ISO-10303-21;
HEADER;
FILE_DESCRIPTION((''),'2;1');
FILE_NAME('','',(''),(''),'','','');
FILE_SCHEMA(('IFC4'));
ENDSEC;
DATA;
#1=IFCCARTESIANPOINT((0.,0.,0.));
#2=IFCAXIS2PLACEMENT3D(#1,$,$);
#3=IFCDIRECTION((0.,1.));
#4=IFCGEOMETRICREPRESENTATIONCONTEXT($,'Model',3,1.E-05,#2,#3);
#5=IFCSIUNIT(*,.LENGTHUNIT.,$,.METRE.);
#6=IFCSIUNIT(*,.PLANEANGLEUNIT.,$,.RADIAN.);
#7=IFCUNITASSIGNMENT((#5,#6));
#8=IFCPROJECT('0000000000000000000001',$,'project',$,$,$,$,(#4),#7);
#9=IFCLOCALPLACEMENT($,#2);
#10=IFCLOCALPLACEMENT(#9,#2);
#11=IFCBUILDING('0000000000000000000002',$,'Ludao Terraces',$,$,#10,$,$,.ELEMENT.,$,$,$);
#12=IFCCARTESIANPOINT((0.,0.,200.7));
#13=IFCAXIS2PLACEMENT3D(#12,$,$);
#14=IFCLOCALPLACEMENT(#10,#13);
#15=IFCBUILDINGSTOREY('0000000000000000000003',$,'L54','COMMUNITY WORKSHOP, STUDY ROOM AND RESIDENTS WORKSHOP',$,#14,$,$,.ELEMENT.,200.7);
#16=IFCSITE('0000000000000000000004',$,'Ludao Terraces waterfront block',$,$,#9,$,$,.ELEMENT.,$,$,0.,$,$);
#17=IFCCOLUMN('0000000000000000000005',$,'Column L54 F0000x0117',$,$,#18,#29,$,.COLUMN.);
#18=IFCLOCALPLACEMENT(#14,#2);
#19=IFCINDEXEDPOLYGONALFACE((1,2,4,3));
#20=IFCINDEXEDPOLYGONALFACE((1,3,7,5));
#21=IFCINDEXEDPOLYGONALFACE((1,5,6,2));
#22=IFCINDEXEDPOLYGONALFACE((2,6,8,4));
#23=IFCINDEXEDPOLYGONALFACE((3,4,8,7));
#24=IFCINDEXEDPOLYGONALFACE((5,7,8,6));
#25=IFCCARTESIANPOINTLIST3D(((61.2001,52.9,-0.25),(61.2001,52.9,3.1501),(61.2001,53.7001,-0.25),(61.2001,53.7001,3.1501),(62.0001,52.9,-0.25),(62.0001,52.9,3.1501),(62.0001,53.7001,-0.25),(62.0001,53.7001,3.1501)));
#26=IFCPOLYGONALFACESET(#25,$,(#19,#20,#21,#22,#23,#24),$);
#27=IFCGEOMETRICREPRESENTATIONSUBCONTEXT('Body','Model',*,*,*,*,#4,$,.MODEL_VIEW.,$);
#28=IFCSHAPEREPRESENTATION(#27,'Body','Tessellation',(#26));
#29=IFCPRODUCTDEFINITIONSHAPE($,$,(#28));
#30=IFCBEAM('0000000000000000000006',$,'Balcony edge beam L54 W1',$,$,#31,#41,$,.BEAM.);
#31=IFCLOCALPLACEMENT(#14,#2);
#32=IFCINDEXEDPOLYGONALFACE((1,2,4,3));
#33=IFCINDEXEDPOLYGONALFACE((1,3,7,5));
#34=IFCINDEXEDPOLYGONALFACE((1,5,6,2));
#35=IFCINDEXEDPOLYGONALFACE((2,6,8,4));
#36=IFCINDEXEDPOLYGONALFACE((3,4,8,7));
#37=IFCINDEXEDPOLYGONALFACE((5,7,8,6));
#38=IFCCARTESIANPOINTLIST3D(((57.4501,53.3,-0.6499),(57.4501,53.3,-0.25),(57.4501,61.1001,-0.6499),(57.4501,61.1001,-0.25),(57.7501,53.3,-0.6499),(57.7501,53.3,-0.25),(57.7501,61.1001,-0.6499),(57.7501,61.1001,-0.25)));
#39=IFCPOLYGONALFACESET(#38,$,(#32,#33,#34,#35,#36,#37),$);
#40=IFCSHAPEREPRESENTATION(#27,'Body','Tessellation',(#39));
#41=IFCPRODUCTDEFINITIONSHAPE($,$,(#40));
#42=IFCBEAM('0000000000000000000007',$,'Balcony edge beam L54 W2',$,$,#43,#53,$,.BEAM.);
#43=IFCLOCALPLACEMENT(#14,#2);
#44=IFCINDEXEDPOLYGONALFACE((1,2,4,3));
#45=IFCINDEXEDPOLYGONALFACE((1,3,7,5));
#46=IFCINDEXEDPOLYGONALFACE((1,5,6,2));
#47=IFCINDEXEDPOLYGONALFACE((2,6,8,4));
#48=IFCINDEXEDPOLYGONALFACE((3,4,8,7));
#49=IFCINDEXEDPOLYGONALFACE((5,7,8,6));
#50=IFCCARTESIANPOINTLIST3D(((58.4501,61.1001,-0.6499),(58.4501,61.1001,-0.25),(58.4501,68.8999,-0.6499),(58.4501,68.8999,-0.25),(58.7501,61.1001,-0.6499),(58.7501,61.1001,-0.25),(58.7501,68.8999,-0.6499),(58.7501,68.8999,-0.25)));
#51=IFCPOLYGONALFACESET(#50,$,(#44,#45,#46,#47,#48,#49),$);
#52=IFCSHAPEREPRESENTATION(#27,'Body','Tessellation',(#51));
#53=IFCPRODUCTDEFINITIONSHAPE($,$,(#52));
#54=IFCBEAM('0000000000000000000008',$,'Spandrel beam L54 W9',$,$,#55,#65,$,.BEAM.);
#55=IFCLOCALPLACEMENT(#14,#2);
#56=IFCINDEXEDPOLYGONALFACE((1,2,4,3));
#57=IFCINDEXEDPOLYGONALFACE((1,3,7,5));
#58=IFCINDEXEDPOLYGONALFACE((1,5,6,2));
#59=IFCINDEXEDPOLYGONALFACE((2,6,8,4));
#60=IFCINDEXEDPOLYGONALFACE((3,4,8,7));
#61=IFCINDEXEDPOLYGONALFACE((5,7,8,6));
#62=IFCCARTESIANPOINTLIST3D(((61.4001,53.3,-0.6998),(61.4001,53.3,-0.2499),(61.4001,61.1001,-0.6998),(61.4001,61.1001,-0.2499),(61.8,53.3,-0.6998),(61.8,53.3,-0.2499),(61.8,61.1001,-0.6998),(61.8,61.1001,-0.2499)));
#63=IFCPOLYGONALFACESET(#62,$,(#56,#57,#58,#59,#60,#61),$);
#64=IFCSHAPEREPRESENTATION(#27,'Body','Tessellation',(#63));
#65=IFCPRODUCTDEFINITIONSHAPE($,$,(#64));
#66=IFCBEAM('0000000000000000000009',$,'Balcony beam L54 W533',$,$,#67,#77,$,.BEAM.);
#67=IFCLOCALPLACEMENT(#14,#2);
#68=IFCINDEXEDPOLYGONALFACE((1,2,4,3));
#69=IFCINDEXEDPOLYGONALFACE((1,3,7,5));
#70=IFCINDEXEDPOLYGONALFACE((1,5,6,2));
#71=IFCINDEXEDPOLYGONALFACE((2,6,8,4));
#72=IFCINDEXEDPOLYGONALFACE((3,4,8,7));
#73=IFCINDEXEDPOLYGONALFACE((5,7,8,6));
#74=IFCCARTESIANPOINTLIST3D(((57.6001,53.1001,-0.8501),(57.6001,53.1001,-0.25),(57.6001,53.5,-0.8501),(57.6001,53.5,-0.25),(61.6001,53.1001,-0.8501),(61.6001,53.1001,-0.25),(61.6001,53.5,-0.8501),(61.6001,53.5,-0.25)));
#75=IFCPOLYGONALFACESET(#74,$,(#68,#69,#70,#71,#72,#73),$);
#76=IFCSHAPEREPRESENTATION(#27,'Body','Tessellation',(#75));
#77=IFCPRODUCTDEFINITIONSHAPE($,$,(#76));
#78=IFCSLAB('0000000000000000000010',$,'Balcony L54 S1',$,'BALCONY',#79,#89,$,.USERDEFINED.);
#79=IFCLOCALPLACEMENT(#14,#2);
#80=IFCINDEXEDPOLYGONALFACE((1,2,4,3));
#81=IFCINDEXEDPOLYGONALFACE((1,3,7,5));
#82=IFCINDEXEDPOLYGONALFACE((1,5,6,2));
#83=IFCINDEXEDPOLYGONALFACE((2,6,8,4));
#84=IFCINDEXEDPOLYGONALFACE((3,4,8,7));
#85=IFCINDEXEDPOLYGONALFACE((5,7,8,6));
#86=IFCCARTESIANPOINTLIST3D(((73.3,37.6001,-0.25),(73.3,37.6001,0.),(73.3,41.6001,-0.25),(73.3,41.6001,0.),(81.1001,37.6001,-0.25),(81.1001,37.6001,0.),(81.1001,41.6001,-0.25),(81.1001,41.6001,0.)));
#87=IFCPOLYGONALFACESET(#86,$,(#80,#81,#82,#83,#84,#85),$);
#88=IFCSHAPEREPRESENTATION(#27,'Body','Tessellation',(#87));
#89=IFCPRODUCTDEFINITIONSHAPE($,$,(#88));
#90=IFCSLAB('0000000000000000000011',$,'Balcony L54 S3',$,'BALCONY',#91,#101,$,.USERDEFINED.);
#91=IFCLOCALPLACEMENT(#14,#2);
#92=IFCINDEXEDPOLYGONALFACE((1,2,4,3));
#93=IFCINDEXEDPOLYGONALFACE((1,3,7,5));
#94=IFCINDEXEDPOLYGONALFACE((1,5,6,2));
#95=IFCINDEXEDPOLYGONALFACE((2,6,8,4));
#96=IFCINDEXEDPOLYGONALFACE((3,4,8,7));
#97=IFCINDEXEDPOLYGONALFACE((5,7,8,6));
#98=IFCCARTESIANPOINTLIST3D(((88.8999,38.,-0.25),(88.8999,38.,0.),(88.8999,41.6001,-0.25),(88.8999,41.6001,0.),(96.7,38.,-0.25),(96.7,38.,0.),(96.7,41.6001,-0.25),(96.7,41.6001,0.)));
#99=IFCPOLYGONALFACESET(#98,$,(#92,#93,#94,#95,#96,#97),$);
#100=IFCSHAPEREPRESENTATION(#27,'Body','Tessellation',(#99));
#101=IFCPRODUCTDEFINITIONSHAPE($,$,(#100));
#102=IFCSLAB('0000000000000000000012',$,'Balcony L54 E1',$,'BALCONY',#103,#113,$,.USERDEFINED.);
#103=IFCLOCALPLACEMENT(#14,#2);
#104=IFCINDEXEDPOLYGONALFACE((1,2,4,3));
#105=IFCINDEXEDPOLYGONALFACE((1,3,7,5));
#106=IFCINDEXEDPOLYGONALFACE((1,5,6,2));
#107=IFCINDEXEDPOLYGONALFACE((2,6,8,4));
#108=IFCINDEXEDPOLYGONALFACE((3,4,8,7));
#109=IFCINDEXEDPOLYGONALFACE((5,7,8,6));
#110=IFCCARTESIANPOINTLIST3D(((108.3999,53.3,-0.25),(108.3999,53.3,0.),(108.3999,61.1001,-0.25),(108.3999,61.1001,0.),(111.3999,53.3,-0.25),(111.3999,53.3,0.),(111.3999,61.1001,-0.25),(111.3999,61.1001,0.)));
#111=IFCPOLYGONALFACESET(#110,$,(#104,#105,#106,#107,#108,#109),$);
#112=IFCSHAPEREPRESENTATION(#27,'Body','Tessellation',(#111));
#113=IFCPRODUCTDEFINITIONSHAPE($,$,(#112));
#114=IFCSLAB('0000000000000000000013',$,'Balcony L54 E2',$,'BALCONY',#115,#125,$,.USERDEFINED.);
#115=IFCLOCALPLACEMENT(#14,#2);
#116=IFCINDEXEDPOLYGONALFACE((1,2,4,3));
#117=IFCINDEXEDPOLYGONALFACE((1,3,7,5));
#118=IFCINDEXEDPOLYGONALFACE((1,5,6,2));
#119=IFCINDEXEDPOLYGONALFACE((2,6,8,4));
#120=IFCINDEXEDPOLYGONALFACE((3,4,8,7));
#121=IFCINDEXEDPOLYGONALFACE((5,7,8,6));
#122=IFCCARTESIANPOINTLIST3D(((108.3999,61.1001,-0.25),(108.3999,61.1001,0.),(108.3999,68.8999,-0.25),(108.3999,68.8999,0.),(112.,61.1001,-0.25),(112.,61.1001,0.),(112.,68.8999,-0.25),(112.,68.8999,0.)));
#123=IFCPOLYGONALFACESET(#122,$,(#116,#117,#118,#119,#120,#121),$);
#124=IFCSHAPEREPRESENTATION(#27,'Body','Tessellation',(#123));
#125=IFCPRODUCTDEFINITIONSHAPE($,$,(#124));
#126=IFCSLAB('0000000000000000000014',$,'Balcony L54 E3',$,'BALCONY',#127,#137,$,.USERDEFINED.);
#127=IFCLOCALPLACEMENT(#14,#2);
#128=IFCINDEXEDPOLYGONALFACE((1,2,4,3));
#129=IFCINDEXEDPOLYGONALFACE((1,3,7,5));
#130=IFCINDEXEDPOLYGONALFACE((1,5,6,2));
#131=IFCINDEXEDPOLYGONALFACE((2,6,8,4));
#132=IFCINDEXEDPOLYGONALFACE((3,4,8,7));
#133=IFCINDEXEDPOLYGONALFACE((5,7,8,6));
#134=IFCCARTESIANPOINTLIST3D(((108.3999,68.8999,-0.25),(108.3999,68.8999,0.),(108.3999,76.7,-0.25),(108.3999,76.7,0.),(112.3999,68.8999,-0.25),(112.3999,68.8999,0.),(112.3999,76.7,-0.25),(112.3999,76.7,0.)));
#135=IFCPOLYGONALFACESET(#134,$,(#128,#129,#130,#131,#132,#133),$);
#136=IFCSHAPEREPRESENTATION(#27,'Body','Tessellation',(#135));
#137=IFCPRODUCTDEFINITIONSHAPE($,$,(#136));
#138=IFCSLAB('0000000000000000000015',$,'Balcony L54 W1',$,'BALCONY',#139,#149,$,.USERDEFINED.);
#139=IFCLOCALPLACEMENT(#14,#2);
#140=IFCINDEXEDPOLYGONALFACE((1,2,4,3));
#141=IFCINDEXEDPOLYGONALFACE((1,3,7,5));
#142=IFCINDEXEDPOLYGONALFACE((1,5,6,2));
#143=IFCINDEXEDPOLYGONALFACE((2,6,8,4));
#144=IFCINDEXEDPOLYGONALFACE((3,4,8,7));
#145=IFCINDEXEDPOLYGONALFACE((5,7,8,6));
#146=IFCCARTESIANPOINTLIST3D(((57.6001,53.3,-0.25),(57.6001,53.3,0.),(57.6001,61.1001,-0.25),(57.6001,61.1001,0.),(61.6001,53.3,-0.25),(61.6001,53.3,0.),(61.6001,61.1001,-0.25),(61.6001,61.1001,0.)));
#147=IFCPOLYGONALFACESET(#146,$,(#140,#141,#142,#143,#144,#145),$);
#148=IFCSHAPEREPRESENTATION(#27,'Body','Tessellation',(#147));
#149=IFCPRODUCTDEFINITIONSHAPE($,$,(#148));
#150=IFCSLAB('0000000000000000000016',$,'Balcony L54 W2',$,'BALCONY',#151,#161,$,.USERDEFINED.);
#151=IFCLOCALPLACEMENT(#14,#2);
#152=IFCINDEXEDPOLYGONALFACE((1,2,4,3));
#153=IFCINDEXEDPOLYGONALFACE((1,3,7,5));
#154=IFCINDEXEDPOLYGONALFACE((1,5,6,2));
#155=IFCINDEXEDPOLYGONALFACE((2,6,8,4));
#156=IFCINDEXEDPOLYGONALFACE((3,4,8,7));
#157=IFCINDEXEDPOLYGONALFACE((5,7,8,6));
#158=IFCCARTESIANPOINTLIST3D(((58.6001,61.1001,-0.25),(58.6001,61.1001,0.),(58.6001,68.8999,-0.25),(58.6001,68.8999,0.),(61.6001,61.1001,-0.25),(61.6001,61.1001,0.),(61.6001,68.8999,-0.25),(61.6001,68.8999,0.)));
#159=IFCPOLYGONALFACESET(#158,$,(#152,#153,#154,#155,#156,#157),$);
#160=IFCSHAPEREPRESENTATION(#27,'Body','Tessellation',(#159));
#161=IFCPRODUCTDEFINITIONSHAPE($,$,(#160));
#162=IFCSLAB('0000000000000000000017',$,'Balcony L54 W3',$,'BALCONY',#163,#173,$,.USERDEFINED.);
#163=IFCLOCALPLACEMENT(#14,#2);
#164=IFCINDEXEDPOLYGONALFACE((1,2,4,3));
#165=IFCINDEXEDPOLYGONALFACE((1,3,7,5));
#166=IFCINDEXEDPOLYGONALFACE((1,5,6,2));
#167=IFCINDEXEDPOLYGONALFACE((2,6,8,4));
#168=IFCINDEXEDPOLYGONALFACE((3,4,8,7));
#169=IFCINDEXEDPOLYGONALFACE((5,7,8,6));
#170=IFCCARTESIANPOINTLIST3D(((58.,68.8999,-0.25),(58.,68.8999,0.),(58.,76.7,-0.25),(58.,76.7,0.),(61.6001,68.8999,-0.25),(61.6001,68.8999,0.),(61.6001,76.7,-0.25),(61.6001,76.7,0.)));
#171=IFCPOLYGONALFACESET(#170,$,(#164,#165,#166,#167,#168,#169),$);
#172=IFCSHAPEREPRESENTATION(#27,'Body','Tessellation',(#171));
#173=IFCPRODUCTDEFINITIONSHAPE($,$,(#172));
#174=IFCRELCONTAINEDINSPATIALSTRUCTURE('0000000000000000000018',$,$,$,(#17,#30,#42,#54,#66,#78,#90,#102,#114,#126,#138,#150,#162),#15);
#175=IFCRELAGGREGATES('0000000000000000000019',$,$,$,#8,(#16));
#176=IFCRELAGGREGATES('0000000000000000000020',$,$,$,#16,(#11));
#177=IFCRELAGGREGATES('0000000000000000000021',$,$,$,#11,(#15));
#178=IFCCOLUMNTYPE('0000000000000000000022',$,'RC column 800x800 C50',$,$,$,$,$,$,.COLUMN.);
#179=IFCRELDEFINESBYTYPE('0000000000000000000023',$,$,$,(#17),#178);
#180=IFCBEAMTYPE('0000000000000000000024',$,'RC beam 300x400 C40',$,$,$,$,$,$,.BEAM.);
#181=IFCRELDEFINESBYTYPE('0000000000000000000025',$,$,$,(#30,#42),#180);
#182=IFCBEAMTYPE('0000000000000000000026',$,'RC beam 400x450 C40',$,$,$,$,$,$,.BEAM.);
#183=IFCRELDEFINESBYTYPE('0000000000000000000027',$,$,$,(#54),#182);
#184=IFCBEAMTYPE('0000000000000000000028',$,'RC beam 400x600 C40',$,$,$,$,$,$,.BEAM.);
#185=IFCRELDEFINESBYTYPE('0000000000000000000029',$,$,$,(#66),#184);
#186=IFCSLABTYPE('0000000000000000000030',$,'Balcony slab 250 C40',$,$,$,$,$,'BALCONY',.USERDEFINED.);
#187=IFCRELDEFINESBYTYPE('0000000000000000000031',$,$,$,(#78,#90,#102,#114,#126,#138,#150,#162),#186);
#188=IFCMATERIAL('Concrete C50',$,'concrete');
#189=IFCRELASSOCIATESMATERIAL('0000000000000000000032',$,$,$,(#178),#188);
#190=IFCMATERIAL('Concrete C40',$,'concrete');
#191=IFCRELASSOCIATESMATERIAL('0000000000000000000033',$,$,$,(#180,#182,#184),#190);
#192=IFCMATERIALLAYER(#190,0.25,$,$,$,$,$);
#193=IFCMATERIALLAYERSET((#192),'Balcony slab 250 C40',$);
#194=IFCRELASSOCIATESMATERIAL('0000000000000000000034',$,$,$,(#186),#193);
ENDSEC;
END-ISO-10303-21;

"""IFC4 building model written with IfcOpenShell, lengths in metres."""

from ifc_helpers import new_model, si_unit, direction, frame, origin, origin_2d, place, context, subcontext, project, spatial, polyline, rectangle, outline, extrude, material, layer, layer_set, material_profile, profile_set, type_object, element, save


model = new_model("IFC4")

# Units and contexts
model_context = context("Model", 3, precision=1e-05, world=origin(), true_north=direction((0.0, 1.0)))
body_context = subcontext(model_context, "Body", "Model", "MODEL_VIEW")
ifc_project = project(units=[si_unit("LENGTHUNIT", "METRE"), si_unit("PLANEANGLEUNIT", "RADIAN")], contexts=[model_context])

# Site, building, storey
site_placement = place(None, origin())
site = spatial("IfcSite", under=ifc_project, at=site_placement, Name="Ludao Terraces waterfront block", CompositionType="ELEMENT", RefElevation=0.0)
building_placement = place(site_placement, origin())
building = spatial("IfcBuilding", under=site, at=building_placement, Name="Ludao Terraces", CompositionType="ELEMENT")
storey_placement = place(building_placement, frame((0.0, 0.0, 200.7)))
storey = spatial("IfcBuildingStorey", under=building, at=storey_placement, Name="L54", Description="COMMUNITY WORKSHOP, STUDY ROOM AND RESIDENTS WORKSHOP", CompositionType="ELEMENT", Elevation=200.7)

# Column
ifc_material_1 = material(Name="Concrete C50", Category="concrete")
ifc_material_profile_1 = material_profile(ifc_material_1, rectangle(XDim=0.8, YDim=0.8, at=origin_2d()), Name="800 X 800")
ifc_profile_set_1 = profile_set([ifc_material_profile_1], Name="Concrete C50")
column_type = type_object("IfcColumnType", Name="RC column 800x800 C50", PredefinedType="COLUMN", material=ifc_profile_set_1)
column_placement = place(storey_placement, frame((61.6001, 53.3, -0.25), z_axis=(0.0, 0.0, 1.0), x_axis=(1.0, 0.0, 0.0)))
element("IfcColumn", 1, at=column_placement, inside=storey, type_object=column_type, Name="Column L54 F0000x0117", PredefinedType="COLUMN", context=body_context, shape_type="SweptSolid", body=[
    extrude(rectangle(XDim=0.8, YDim=0.8, at=origin_2d()), origin(), (0.0, 0.0, 1.0), 3.4001),
])

# Beams
ifc_material_2 = material(Name="Concrete C40", Category="concrete")
ifc_material_profile_2 = material_profile(ifc_material_2, rectangle(XDim=0.3, YDim=0.3999, at=origin_2d()), Name="300 X 400")
ifc_profile_set_2 = profile_set([ifc_material_profile_2], Name="Concrete C40")
beam_type_1 = type_object("IfcBeamType", Name="RC beam 300x400 C40", PredefinedType="BEAM", material=ifc_profile_set_2)
beam_1_placement = place(storey_placement, frame((57.6001, 53.3, -0.45), z_axis=(0.0, 1.0, 0.0), x_axis=(-1.0, 0.0, 0.0)))
element("IfcBeam", 2, at=beam_1_placement, inside=storey, type_object=beam_type_1, Name="Balcony edge beam L54 W1", PredefinedType="BEAM", context=body_context, shape_type="SweptSolid", body=[
    extrude(rectangle(XDim=0.3, YDim=0.3999, at=origin_2d()), origin(), (0.0, 0.0, 1.0), 7.8),
])
beam_2_placement = place(storey_placement, frame((58.6001, 61.1001, -0.45), z_axis=(0.0, 1.0, 0.0), x_axis=(-1.0, 0.0, 0.0)))
element("IfcBeam", 3, at=beam_2_placement, inside=storey, type_object=beam_type_1, Name="Balcony edge beam L54 W2", PredefinedType="BEAM", context=body_context, shape_type="SweptSolid", body=[
    extrude(rectangle(XDim=0.3, YDim=0.3999, at=origin_2d()), origin(), (0.0, 0.0, 1.0), 7.7998),
])
ifc_material_profile_3 = material_profile(ifc_material_2, rectangle(XDim=0.3999, YDim=0.45, at=origin_2d()), Name="400 X 450")
ifc_profile_set_3 = profile_set([ifc_material_profile_3], Name="Concrete C40")
beam_type_2 = type_object("IfcBeamType", Name="RC beam 400x450 C40", PredefinedType="BEAM", material=ifc_profile_set_3)
beam_3_placement = place(storey_placement, frame((61.6001, 53.3, -0.4749), z_axis=(0.0, 1.0, 0.0), x_axis=(-1.0, 0.0, 0.0)))
element("IfcBeam", 4, at=beam_3_placement, inside=storey, type_object=beam_type_2, Name="Spandrel beam L54 W9", PredefinedType="BEAM", context=body_context, shape_type="SweptSolid", body=[
    extrude(rectangle(XDim=0.3999, YDim=0.45, at=origin_2d()), origin(), (0.0, 0.0, 1.0), 7.8),
])
ifc_material_profile_4 = material_profile(ifc_material_2, rectangle(XDim=0.3999, YDim=0.6001, at=origin_2d()), Name="400 X 600")
ifc_profile_set_4 = profile_set([ifc_material_profile_4], Name="Concrete C40")
beam_type_3 = type_object("IfcBeamType", Name="RC beam 400x600 C40", PredefinedType="BEAM", material=ifc_profile_set_4)
beam_4_placement = place(storey_placement, frame((61.6001, 53.3, -0.55), z_axis=(-1.0, 0.0, 0.0), x_axis=(0.0, -1.0, 0.0)))
element("IfcBeam", 5, at=beam_4_placement, inside=storey, type_object=beam_type_3, Name="Balcony beam L54 W533", PredefinedType="BEAM", context=body_context, shape_type="SweptSolid", body=[
    extrude(rectangle(XDim=0.3999, YDim=0.6001, at=origin_2d()), origin(), (0.0, 0.0, 1.0), 4.0),
])

# Slabs
ifc_layer_1 = layer(ifc_material_2, 0.25)
ifc_layer_set_1 = layer_set([ifc_layer_1], Name="Balcony slab 250 C40")
slab_type_1 = type_object("IfcSlabType", Name="Balcony slab 250 C40", ElementType="BALCONY", PredefinedType="USERDEFINED", material=ifc_layer_set_1)
slab_1_placement = place(storey_placement, frame((0.0, 0.0, -0.25)))
element("IfcSlab", 6, at=slab_1_placement, inside=storey, type_object=slab_type_1, Name="Balcony L54 S1", ObjectType="BALCONY", PredefinedType="USERDEFINED", context=body_context, shape_type="SweptSolid", body=[
    extrude(outline(polyline([(73.3, 37.6001), (81.1001, 37.6001), (81.1001, 41.6001), (73.3, 41.6001), (73.3, 37.6001)])), origin(), (0.0, 0.0, 1.0), 0.25),
])
slab_2_placement = place(storey_placement, frame((0.0, 0.0, -0.25)))
element("IfcSlab", 7, at=slab_2_placement, inside=storey, type_object=slab_type_1, Name="Balcony L54 S3", ObjectType="BALCONY", PredefinedType="USERDEFINED", context=body_context, shape_type="SweptSolid", body=[
    extrude(outline(polyline([(88.8999, 38.0), (96.7, 38.0), (96.7, 41.6001), (88.8999, 41.6001), (88.8999, 38.0)])), origin(), (0.0, 0.0, 1.0), 0.25),
])
slab_3_placement = place(storey_placement, frame((0.0, 0.0, -0.25)))
element("IfcSlab", 8, at=slab_3_placement, inside=storey, type_object=slab_type_1, Name="Balcony L54 E1", ObjectType="BALCONY", PredefinedType="USERDEFINED", context=body_context, shape_type="SweptSolid", body=[
    extrude(outline(polyline([(108.3999, 53.3), (111.3999, 53.3), (111.3999, 61.1001), (108.3999, 61.1001), (108.3999, 53.3)])), origin(), (0.0, 0.0, 1.0), 0.25),
])
slab_4_placement = place(storey_placement, frame((0.0, 0.0, -0.25)))
element("IfcSlab", 9, at=slab_4_placement, inside=storey, type_object=slab_type_1, Name="Balcony L54 E2", ObjectType="BALCONY", PredefinedType="USERDEFINED", context=body_context, shape_type="SweptSolid", body=[
    extrude(outline(polyline([(108.3999, 61.1001), (112.0, 61.1001), (112.0, 68.8999), (108.3999, 68.8999), (108.3999, 61.1001)])), origin(), (0.0, 0.0, 1.0), 0.25),
])
slab_5_placement = place(storey_placement, frame((0.0, 0.0, -0.25)))
element("IfcSlab", 10, at=slab_5_placement, inside=storey, type_object=slab_type_1, Name="Balcony L54 E3", ObjectType="BALCONY", PredefinedType="USERDEFINED", context=body_context, shape_type="SweptSolid", body=[
    extrude(outline(polyline([(108.3999, 68.8999), (112.3999, 68.8999), (112.3999, 76.7), (108.3999, 76.7), (108.3999, 68.8999)])), origin(), (0.0, 0.0, 1.0), 0.25),
])
slab_6_placement = place(storey_placement, frame((0.0, 0.0, -0.25)))
element("IfcSlab", 11, at=slab_6_placement, inside=storey, type_object=slab_type_1, Name="Balcony L54 W1", ObjectType="BALCONY", PredefinedType="USERDEFINED", context=body_context, shape_type="SweptSolid", body=[
    extrude(outline(polyline([(57.6001, 53.3), (61.6001, 53.3), (61.6001, 61.1001), (57.6001, 61.1001), (57.6001, 53.3)])), origin(), (0.0, 0.0, 1.0), 0.25),
])
slab_7_placement = place(storey_placement, frame((0.0, 0.0, -0.25)))
element("IfcSlab", 12, at=slab_7_placement, inside=storey, type_object=slab_type_1, Name="Balcony L54 W2", ObjectType="BALCONY", PredefinedType="USERDEFINED", context=body_context, shape_type="SweptSolid", body=[
    extrude(outline(polyline([(58.6001, 61.1001), (61.6001, 61.1001), (61.6001, 68.8999), (58.6001, 68.8999), (58.6001, 61.1001)])), origin(), (0.0, 0.0, 1.0), 0.25),
])
slab_8_placement = place(storey_placement, frame((0.0, 0.0, -0.25)))
element("IfcSlab", 13, at=slab_8_placement, inside=storey, type_object=slab_type_1, Name="Balcony L54 W3", ObjectType="BALCONY", PredefinedType="USERDEFINED", context=body_context, shape_type="SweptSolid", body=[
    extrude(outline(polyline([(58.0, 68.8999), (61.6001, 68.8999), (61.6001, 76.7), (58.0, 76.7), (58.0, 68.8999)])), origin(), (0.0, 0.0, 1.0), 0.25),
])

save(model, "model.ifc")
